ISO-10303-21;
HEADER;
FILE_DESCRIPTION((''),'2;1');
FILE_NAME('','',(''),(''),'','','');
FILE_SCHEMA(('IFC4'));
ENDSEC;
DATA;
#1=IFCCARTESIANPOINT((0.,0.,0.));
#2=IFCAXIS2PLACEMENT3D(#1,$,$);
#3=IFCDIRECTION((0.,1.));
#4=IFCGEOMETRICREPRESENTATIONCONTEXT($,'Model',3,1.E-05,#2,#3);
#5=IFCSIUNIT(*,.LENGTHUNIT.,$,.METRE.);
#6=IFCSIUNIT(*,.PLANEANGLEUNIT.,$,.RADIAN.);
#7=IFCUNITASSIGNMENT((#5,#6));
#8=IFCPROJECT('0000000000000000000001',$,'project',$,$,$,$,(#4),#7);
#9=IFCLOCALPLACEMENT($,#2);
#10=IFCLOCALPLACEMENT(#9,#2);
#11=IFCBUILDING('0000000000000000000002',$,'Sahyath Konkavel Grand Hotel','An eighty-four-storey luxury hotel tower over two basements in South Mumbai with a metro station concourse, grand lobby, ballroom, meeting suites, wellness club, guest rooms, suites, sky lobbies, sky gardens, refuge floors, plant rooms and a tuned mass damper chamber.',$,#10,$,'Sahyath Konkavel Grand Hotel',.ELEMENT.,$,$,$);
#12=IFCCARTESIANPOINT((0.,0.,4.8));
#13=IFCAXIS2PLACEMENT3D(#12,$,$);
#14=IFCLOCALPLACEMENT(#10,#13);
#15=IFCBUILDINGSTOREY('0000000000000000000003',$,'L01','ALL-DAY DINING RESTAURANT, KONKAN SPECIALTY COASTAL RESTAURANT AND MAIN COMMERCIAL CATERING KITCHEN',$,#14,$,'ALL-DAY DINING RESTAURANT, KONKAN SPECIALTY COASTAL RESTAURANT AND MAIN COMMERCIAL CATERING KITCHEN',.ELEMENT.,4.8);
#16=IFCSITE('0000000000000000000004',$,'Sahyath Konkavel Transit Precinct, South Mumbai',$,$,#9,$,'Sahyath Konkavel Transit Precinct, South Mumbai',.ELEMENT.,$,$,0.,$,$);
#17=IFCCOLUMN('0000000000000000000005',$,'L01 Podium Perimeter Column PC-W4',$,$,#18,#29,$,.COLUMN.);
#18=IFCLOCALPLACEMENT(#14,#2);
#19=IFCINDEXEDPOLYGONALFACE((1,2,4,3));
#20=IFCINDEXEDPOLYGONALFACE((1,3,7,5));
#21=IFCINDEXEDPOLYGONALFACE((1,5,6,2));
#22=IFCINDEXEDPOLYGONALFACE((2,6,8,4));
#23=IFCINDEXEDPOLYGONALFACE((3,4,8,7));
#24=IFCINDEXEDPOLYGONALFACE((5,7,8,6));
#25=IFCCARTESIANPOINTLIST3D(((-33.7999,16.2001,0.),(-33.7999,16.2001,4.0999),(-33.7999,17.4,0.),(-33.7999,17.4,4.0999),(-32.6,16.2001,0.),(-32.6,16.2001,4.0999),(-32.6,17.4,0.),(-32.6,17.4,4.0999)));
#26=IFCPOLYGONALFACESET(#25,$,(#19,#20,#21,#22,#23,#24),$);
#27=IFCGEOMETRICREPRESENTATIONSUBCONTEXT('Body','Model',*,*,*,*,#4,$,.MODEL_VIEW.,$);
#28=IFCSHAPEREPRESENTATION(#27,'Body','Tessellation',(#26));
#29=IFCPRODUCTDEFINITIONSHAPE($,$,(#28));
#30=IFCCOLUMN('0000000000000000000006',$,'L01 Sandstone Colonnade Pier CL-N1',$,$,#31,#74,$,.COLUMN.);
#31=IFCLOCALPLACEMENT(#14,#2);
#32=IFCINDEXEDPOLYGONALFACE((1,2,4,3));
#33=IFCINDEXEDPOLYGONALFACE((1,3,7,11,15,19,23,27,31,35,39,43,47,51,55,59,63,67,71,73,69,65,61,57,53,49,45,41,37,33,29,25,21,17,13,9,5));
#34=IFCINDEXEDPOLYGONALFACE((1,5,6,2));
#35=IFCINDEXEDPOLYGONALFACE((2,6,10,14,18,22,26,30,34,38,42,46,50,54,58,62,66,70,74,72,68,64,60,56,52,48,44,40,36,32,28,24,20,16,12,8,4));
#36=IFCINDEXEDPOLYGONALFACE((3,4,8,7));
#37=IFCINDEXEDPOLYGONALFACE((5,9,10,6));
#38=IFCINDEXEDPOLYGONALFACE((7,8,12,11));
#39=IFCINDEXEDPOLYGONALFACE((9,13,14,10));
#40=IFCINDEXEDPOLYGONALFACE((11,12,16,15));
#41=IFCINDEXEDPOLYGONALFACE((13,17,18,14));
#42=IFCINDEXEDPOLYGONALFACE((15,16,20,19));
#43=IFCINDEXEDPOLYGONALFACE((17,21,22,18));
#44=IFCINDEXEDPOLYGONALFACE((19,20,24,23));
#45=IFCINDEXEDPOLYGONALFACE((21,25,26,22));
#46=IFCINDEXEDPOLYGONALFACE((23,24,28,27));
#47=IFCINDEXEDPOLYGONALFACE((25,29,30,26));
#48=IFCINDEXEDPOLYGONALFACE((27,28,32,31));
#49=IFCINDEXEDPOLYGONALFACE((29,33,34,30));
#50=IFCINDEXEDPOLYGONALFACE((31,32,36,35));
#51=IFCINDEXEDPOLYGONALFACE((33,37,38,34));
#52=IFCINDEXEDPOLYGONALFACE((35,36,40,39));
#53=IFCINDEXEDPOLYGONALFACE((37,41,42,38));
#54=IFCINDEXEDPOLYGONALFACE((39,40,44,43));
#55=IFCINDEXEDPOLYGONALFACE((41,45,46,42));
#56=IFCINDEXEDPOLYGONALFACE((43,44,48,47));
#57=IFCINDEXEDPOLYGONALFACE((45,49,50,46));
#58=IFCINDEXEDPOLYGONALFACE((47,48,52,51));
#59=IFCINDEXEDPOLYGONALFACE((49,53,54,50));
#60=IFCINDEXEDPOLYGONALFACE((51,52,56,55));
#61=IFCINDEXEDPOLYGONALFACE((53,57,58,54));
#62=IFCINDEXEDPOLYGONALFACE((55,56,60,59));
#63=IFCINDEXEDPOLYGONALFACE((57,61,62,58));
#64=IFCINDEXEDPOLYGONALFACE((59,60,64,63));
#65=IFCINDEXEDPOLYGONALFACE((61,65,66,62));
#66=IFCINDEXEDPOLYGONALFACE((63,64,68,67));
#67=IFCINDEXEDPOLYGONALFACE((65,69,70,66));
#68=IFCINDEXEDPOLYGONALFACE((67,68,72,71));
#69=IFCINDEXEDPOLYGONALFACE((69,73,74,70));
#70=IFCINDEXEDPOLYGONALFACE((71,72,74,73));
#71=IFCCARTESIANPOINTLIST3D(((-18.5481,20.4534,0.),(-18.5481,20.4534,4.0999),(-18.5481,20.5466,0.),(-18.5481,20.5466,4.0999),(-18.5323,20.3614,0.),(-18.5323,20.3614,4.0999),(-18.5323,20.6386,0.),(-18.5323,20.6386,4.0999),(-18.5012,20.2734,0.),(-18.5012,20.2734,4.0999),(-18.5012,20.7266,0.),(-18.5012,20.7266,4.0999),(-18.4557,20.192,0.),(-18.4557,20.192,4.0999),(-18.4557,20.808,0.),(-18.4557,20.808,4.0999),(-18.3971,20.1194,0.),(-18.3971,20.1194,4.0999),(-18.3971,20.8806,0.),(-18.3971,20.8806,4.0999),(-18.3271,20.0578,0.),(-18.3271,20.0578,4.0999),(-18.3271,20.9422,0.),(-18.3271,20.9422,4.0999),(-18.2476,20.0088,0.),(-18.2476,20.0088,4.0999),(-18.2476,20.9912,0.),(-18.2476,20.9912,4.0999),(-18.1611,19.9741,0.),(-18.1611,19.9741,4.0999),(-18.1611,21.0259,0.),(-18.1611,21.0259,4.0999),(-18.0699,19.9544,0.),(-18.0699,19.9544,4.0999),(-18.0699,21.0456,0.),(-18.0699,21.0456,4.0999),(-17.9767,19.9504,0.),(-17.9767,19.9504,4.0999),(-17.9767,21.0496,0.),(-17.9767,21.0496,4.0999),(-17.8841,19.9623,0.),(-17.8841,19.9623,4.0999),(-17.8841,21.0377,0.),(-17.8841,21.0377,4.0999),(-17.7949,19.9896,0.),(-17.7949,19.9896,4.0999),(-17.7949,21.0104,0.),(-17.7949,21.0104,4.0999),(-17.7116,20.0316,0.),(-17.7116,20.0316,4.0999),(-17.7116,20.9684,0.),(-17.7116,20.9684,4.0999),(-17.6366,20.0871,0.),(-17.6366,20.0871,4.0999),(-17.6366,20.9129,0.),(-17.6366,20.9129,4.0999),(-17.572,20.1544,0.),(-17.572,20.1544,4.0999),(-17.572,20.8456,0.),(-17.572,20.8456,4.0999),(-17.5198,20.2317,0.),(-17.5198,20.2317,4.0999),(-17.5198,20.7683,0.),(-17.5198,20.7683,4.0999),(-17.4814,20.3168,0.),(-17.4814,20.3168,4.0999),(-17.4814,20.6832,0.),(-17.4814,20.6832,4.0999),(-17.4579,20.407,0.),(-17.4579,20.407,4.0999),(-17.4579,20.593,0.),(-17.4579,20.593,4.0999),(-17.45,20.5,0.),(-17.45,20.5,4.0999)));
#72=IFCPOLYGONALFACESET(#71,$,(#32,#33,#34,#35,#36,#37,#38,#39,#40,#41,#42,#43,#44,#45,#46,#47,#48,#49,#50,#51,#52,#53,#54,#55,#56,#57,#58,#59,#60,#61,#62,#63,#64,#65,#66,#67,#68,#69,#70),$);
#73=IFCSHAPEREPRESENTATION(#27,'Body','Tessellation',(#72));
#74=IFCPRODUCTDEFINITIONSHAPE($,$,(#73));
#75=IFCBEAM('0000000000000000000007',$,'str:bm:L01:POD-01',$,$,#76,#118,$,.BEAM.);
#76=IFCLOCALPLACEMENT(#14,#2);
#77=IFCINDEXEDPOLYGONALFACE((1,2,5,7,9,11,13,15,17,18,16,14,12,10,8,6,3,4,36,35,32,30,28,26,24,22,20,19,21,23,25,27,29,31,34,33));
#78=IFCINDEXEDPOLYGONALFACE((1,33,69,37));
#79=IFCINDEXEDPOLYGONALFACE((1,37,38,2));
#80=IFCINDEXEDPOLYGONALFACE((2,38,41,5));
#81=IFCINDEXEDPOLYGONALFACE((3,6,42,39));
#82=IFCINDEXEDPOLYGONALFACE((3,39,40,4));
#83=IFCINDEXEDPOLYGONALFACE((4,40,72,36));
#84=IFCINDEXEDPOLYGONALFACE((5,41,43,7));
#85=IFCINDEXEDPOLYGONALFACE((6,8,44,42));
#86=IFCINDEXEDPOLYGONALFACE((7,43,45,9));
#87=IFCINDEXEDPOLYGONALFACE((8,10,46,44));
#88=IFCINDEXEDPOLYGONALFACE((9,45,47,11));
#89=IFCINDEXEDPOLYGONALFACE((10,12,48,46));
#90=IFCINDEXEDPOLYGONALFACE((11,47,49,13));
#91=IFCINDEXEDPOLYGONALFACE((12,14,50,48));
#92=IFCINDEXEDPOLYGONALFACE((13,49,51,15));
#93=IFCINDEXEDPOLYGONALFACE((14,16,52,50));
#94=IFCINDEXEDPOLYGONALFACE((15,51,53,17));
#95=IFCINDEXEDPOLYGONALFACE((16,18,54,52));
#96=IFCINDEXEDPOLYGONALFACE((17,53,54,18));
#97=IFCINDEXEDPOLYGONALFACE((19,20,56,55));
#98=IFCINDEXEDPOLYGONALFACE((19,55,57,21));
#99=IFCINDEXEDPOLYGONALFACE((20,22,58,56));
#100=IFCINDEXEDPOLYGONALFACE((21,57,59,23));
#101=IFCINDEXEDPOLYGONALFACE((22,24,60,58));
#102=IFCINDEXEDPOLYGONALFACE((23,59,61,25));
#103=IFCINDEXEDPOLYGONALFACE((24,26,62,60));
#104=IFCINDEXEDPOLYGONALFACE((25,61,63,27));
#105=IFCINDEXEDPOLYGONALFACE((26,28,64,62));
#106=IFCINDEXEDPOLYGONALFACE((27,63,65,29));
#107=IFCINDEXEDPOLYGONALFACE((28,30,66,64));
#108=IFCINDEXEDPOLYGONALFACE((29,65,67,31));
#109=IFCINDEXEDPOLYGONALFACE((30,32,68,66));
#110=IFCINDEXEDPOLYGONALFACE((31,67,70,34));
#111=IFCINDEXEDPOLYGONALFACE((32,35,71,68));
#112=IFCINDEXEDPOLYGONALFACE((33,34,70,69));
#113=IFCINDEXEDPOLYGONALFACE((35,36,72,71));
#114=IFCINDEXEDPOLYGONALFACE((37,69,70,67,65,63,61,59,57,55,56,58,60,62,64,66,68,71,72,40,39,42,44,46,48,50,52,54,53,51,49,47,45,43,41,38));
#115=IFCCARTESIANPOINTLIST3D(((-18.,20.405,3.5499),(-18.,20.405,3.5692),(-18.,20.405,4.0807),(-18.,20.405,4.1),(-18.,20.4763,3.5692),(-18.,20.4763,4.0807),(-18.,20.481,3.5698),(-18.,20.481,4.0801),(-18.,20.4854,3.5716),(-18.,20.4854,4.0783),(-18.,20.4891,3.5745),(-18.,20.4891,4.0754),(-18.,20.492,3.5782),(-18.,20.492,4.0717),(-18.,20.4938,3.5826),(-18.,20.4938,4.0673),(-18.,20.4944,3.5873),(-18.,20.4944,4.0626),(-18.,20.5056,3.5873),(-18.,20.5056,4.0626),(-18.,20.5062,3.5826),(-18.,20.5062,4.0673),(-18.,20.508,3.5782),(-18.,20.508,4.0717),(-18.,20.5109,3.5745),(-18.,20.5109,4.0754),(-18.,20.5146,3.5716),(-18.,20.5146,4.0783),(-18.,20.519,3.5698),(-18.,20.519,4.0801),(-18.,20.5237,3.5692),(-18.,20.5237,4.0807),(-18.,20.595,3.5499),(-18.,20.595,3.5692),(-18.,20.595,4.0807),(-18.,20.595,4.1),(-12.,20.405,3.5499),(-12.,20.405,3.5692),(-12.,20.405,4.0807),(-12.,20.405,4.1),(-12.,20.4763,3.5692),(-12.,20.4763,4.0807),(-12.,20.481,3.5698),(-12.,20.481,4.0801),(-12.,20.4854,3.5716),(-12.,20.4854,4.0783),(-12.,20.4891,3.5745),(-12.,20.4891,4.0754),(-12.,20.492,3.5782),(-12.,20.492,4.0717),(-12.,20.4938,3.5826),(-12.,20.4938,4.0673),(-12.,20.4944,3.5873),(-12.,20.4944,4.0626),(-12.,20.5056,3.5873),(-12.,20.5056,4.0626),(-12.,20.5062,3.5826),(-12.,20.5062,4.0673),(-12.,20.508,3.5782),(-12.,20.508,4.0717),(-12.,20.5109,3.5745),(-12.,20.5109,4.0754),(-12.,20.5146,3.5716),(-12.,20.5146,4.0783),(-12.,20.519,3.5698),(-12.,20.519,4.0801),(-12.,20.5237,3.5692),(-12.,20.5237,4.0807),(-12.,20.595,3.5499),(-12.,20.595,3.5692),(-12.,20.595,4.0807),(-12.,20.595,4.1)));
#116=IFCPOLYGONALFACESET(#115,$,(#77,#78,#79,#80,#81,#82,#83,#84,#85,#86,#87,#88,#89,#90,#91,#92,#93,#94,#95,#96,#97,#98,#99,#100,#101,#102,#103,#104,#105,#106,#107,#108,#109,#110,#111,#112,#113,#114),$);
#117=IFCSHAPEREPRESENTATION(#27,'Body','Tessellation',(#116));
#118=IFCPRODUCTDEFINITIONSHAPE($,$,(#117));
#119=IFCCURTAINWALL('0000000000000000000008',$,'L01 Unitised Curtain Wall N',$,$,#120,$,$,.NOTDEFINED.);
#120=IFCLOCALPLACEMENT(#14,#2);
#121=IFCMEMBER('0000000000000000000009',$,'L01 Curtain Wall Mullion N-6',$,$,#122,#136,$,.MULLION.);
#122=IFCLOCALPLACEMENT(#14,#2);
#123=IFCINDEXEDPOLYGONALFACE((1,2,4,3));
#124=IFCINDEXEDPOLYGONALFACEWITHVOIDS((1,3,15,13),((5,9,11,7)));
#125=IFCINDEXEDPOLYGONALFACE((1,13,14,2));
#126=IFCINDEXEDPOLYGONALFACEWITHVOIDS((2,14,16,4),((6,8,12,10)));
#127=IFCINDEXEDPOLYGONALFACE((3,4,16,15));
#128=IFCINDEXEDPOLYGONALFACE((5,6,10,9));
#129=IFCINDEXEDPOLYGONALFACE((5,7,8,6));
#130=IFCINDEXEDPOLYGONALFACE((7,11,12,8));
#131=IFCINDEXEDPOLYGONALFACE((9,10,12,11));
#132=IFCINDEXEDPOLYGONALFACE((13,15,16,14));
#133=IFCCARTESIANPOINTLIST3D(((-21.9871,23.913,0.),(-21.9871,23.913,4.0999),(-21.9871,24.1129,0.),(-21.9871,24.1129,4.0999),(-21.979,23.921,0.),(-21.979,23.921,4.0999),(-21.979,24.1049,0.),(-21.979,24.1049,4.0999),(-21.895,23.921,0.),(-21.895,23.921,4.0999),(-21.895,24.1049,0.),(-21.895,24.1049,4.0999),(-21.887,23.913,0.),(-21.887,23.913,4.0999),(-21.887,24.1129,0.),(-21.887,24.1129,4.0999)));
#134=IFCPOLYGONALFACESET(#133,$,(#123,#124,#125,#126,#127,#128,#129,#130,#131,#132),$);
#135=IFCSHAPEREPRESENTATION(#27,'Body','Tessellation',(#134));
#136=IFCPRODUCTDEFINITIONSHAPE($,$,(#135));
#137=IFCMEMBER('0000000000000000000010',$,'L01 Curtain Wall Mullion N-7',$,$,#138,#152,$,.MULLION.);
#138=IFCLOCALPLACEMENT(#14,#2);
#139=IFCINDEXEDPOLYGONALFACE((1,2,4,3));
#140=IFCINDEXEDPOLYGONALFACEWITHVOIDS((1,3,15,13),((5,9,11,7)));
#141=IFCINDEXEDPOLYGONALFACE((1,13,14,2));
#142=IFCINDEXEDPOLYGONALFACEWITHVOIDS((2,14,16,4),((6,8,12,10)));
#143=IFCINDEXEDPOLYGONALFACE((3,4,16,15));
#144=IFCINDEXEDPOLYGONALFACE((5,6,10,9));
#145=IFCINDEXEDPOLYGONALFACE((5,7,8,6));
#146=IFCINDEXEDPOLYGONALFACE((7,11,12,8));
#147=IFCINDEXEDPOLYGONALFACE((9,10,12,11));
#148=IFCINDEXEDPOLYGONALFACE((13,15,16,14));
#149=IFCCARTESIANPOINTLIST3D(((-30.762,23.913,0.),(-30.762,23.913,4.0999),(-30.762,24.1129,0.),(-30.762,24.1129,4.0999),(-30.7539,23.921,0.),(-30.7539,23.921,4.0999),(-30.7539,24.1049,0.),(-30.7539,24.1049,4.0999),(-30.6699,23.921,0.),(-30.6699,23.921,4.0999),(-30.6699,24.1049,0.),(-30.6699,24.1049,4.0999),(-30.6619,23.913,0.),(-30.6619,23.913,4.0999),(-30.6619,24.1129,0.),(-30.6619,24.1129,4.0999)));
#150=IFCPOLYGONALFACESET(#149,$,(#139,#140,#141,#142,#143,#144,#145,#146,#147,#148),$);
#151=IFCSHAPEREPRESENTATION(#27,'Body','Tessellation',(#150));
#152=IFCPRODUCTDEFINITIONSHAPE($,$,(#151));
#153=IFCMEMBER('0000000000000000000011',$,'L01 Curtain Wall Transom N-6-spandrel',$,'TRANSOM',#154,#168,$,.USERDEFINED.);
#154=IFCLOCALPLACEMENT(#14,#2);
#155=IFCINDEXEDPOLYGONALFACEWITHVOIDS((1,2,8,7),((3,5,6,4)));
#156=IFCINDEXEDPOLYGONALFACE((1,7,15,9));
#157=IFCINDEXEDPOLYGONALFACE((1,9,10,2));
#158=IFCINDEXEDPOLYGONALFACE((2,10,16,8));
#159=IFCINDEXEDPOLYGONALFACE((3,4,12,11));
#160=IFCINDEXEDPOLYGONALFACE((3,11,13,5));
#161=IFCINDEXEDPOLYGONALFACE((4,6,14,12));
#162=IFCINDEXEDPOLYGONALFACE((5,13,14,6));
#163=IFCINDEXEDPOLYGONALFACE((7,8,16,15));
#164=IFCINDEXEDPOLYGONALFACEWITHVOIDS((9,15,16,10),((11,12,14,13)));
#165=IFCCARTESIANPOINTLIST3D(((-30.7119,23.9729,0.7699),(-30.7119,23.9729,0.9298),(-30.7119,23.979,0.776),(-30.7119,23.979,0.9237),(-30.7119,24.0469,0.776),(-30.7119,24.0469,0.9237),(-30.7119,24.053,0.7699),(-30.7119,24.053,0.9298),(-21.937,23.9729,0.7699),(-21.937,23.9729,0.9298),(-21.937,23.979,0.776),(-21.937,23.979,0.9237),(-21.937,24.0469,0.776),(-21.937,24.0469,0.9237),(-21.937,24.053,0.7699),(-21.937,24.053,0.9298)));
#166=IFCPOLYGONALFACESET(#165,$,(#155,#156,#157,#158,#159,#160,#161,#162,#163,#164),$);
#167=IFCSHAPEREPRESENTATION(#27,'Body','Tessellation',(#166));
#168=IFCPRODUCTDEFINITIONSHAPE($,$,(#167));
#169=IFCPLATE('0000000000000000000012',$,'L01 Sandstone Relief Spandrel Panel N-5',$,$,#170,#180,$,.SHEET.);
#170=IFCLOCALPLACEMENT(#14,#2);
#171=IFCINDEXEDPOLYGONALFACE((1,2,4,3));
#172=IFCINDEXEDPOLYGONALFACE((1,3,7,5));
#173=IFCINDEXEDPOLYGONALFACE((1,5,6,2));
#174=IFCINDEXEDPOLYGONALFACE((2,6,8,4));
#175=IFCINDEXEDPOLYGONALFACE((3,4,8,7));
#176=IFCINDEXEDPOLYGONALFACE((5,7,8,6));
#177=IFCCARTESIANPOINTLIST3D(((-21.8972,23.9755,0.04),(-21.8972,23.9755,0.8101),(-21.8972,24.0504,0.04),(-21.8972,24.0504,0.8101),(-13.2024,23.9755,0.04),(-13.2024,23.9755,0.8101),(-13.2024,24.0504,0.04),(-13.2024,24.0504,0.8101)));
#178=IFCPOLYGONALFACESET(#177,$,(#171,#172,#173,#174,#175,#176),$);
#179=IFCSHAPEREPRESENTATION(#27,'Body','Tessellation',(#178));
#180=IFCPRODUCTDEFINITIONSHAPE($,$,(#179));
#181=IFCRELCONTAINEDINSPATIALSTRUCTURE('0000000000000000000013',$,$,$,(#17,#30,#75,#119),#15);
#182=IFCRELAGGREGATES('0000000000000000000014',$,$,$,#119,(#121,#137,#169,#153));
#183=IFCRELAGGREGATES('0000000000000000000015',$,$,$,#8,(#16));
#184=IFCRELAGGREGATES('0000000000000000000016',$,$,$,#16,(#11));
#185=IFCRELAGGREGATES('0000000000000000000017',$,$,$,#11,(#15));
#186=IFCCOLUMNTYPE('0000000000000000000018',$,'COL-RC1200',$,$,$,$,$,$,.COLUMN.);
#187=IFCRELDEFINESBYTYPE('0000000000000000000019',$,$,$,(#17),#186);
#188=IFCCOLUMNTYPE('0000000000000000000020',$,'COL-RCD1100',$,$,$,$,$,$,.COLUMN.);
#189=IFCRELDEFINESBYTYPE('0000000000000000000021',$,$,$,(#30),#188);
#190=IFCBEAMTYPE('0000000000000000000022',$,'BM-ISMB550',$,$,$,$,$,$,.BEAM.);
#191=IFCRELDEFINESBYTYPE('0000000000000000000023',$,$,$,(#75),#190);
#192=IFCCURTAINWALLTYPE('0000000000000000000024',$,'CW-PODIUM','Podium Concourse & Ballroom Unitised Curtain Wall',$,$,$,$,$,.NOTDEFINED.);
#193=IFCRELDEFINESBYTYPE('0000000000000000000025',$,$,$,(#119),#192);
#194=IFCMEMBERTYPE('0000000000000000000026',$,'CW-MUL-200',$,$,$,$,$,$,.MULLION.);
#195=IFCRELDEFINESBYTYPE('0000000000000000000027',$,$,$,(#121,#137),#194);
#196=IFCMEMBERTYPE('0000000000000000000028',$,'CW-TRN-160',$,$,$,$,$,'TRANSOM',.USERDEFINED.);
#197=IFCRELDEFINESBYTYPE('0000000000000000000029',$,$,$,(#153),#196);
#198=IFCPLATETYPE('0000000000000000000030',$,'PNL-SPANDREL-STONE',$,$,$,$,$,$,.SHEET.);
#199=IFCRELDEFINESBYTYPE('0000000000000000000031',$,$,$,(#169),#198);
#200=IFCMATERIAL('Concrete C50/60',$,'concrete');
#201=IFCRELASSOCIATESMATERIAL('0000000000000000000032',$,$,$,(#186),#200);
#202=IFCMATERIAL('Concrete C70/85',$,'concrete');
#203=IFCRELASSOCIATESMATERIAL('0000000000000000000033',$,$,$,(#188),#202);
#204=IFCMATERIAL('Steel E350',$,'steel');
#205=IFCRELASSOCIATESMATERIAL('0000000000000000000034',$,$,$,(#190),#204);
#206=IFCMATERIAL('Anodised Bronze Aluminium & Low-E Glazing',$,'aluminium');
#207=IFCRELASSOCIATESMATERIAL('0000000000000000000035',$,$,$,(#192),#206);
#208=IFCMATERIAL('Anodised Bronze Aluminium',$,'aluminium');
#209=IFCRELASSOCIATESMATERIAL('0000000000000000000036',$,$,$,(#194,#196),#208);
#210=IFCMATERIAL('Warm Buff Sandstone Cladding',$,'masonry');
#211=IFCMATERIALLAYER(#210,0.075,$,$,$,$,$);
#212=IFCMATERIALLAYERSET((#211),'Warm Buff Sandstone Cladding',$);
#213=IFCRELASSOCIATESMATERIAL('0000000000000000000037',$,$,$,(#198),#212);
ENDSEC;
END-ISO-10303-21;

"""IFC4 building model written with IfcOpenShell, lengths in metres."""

from ifc_helpers import new_model, si_unit, direction, frame, origin, origin_2d, place, context, subcontext, project, spatial, rectangle, hollow_rectangle, circle, i_section, extrude, source, transform, mapped, material, layer, layer_set, material_profile, profile_set, type_object, element, aggregate, save


model = new_model("IFC4")

# Units and contexts
model_context = context("Model", 3, precision=1e-05, world=origin(), true_north=direction((0.0, 1.0)))
body_context = subcontext(model_context, "Body", "Model", "MODEL_VIEW")
ifc_project = project(units=[si_unit("LENGTHUNIT", "METRE"), si_unit("PLANEANGLEUNIT", "RADIAN")], contexts=[model_context])

# Site, building, storey
site_placement = place(None, origin())
site = spatial("IfcSite", under=ifc_project, at=site_placement, Name="Sahyath Konkavel Transit Precinct, South Mumbai", LongName="Sahyath Konkavel Transit Precinct, South Mumbai", CompositionType="ELEMENT", RefElevation=0.0)
building_placement = place(site_placement, origin())
building = spatial("IfcBuilding", under=site, at=building_placement, Name="Sahyath Konkavel Grand Hotel", Description="An eighty-four-storey luxury hotel tower over two basements in South Mumbai with a metro station concourse, grand lobby, ballroom, meeting suites, wellness club, guest rooms, suites, sky lobbies, sky gardens, refuge floors, plant rooms and a tuned mass damper chamber.", LongName="Sahyath Konkavel Grand Hotel", CompositionType="ELEMENT")
storey_placement = place(building_placement, frame((0.0, 0.0, 4.8)))
storey = spatial("IfcBuildingStorey", under=building, at=storey_placement, Name="L01", Description="ALL-DAY DINING RESTAURANT, KONKAN SPECIALTY COASTAL RESTAURANT AND MAIN COMMERCIAL CATERING KITCHEN", LongName="ALL-DAY DINING RESTAURANT, KONKAN SPECIALTY COASTAL RESTAURANT AND MAIN COMMERCIAL CATERING KITCHEN", CompositionType="ELEMENT", Elevation=4.8)

# Columns
ifc_material_1 = material(Name="Concrete C50/60", Category="concrete")
ifc_material_profile_1 = material_profile(ifc_material_1, rectangle(XDim=1.2, YDim=1.2, at=origin_2d()), Name="RC 1200x1200")
ifc_profile_set_1 = profile_set([ifc_material_profile_1], Name="Concrete C50/60")
column_type_1 = type_object("IfcColumnType", Name="COL-RC1200", PredefinedType="COLUMN", material=ifc_profile_set_1)
shared_shape_1 = source(origin(), body_context, "Body", "SweptSolid", [
    extrude(rectangle(XDim=1.2, YDim=1.2, at=origin_2d()), origin(), (0.0, 0.0, 1.0), 4.0999),
])
column_1_placement = place(storey_placement, frame((-33.2, 16.8, 0.0), z_axis=(0.0, 0.0, 1.0), x_axis=(1.0, 0.0, 0.0)))
element("IfcColumn", 1, at=column_1_placement, inside=storey, type_object=column_type_1, Name="L01 Podium Perimeter Column PC-W4", PredefinedType="COLUMN", context=body_context, shape_type="MappedRepresentation", body=[
    mapped(shared_shape_1, transform((0.0, 0.0, 0.0), scale=1.0)),
])
ifc_material_2 = material(Name="Concrete C70/85", Category="concrete")
ifc_material_profile_2 = material_profile(ifc_material_2, circle(Radius=0.55, at=origin_2d()), Name="RC D1100")
ifc_profile_set_2 = profile_set([ifc_material_profile_2], Name="Concrete C70/85")
column_type_2 = type_object("IfcColumnType", Name="COL-RCD1100", PredefinedType="COLUMN", material=ifc_profile_set_2)
shared_shape_2 = source(origin(), body_context, "Body", "SweptSolid", [
    extrude(circle(Radius=0.55, at=origin_2d()), origin(), (0.0, 0.0, 1.0), 4.0999),
])
column_2_placement = place(storey_placement, frame((-18.0, 20.5, 0.0), z_axis=(0.0, 0.0, 1.0), x_axis=(1.0, 0.0, 0.0)))
element("IfcColumn", 2, at=column_2_placement, inside=storey, type_object=column_type_2, Name="L01 Sandstone Colonnade Pier CL-N1", PredefinedType="COLUMN", context=body_context, shape_type="MappedRepresentation", body=[
    mapped(shared_shape_2, transform((0.0, 0.0, 0.0), scale=1.0)),
])

# Beam
ifc_material_3 = material(Name="Steel E350", Category="steel")
ifc_material_profile_3 = material_profile(ifc_material_3, i_section(OverallWidth=0.1899, OverallDepth=0.55, WebThickness=0.0112, FlangeThickness=0.0193, FilletRadius=0.0181, at=origin_2d()), Name="ISMB 550")
ifc_profile_set_3 = profile_set([ifc_material_profile_3], Name="Steel E350")
beam_type = type_object("IfcBeamType", Name="BM-ISMB550", PredefinedType="BEAM", material=ifc_profile_set_3)
shared_shape_3 = source(origin(), body_context, "Body", "SweptSolid", [
    extrude(i_section(OverallWidth=0.1899, OverallDepth=0.55, WebThickness=0.0112, FlangeThickness=0.0193, FilletRadius=0.0181, at=origin_2d()), origin(), (0.0, 0.0, 1.0), 6.0),
])
beam_placement = place(storey_placement, frame((-18.0, 20.5, 3.825), z_axis=(1.0, 0.0, 0.0), x_axis=(0.0, 1.0, 0.0)))
element("IfcBeam", 3, at=beam_placement, inside=storey, type_object=beam_type, Name="str:bm:L01:POD-01", PredefinedType="BEAM", context=body_context, shape_type="MappedRepresentation", body=[
    mapped(shared_shape_3, transform((0.0, 0.0, 0.0), scale=1.0)),
])

# Curtain wall, members, plate
ifc_material_4 = material(Name="Anodised Bronze Aluminium & Low-E Glazing", Category="aluminium")
curtain_wall_type = type_object("IfcCurtainWallType", Name="CW-PODIUM", Description="Podium Concourse & Ballroom Unitised Curtain Wall", PredefinedType="NOTDEFINED", material=ifc_material_4)
curtain_wall_placement = place(storey_placement, origin())
curtain_wall = element("IfcCurtainWall", 4, at=curtain_wall_placement, inside=storey, type_object=curtain_wall_type, Name="L01 Unitised Curtain Wall N", PredefinedType="NOTDEFINED")
ifc_material_5 = material(Name="Anodised Bronze Aluminium", Category="aluminium")
ifc_material_profile_4 = material_profile(ifc_material_5, hollow_rectangle(XDim=0.1001, YDim=0.2, WallThickness=0.0081, at=origin_2d()), Name="RHS 200x100x8")
ifc_profile_set_4 = profile_set([ifc_material_profile_4], Name="Anodised Bronze Aluminium")
member_type_1 = type_object("IfcMemberType", Name="CW-MUL-200", PredefinedType="MULLION", material=ifc_profile_set_4)
shared_shape_4 = source(origin(), body_context, "Body", "SweptSolid", [
    extrude(hollow_rectangle(XDim=0.1001, YDim=0.2, WallThickness=0.0081, at=origin_2d()), origin(), (0.0, 0.0, 1.0), 4.0999),
])
member_1_placement = place(storey_placement, frame((-21.937, 24.0129, 0.0), z_axis=(0.0, 0.0, 1.0), x_axis=(1.0, 0.0, 0.0)))
member_1 = element("IfcMember", 5, at=member_1_placement, type_object=member_type_1, Name="L01 Curtain Wall Mullion N-6", PredefinedType="MULLION", context=body_context, shape_type="MappedRepresentation", body=[
    mapped(shared_shape_4, transform((0.0, 0.0, 0.0), scale=1.0)),
])
member_2_placement = place(storey_placement, frame((-30.7119, 24.0129, 0.0), z_axis=(0.0, 0.0, 1.0), x_axis=(1.0, 0.0, 0.0)))
member_2 = element("IfcMember", 6, at=member_2_placement, type_object=member_type_1, Name="L01 Curtain Wall Mullion N-7", PredefinedType="MULLION", context=body_context, shape_type="MappedRepresentation", body=[
    mapped(shared_shape_4, transform((0.0, 0.0, 0.0), scale=1.0)),
])
ifc_material_profile_5 = material_profile(ifc_material_5, hollow_rectangle(XDim=0.0801, YDim=0.1599, WallThickness=0.0061, at=origin_2d()), Name="RHS 160x80x6")
ifc_profile_set_5 = profile_set([ifc_material_profile_5], Name="Anodised Bronze Aluminium")
member_type_2 = type_object("IfcMemberType", Name="CW-TRN-160", ElementType="TRANSOM", PredefinedType="USERDEFINED", material=ifc_profile_set_5)
shared_shape_5 = source(origin(), body_context, "Body", "SweptSolid", [
    extrude(hollow_rectangle(XDim=0.0801, YDim=0.1599, WallThickness=0.0061, at=origin_2d()), origin(), (0.0, 0.0, 1.0), 8.7749),
])
member_3_placement = place(storey_placement, frame((-21.937, 24.0129, 0.8499), z_axis=(-1.0, 0.0, 0.0), x_axis=(0.0, -1.0, 0.0)))
member_3 = element("IfcMember", 7, at=member_3_placement, type_object=member_type_2, Name="L01 Curtain Wall Transom N-6-spandrel", ObjectType="TRANSOM", PredefinedType="USERDEFINED", context=body_context, shape_type="MappedRepresentation", body=[
    mapped(shared_shape_5, transform((0.0, 0.0, 0.0), scale=1.0)),
])
ifc_material_6 = material(Name="Warm Buff Sandstone Cladding", Category="masonry")
ifc_layer_1 = layer(ifc_material_6, 0.075)
ifc_layer_set_1 = layer_set([ifc_layer_1], Name="Warm Buff Sandstone Cladding")
plate_type_1 = type_object("IfcPlateType", Name="PNL-SPANDREL-STONE", PredefinedType="SHEET", material=ifc_layer_set_1)
shared_shape_6 = source(origin(), body_context, "Body", "SweptSolid", [
    extrude(rectangle(XDim=8.6948, YDim=0.075, at=origin_2d()), origin(), (0.0, 0.0, 1.0), 0.77),
])
plate_1_placement = place(storey_placement, frame((-17.5498, 24.0129, 0.04), z_axis=(0.0, 0.0, 1.0), x_axis=(-1.0, 0.0, 0.0)))
plate_1 = element("IfcPlate", 8, at=plate_1_placement, type_object=plate_type_1, Name="L01 Sandstone Relief Spandrel Panel N-5", PredefinedType="SHEET", context=body_context, shape_type="MappedRepresentation", body=[
    mapped(shared_shape_6, transform((0.0, 0.0, 0.0), scale=1.0)),
])
aggregate(curtain_wall, [member_1, member_2, plate_1, member_3])

save(model, "model.ifc")
